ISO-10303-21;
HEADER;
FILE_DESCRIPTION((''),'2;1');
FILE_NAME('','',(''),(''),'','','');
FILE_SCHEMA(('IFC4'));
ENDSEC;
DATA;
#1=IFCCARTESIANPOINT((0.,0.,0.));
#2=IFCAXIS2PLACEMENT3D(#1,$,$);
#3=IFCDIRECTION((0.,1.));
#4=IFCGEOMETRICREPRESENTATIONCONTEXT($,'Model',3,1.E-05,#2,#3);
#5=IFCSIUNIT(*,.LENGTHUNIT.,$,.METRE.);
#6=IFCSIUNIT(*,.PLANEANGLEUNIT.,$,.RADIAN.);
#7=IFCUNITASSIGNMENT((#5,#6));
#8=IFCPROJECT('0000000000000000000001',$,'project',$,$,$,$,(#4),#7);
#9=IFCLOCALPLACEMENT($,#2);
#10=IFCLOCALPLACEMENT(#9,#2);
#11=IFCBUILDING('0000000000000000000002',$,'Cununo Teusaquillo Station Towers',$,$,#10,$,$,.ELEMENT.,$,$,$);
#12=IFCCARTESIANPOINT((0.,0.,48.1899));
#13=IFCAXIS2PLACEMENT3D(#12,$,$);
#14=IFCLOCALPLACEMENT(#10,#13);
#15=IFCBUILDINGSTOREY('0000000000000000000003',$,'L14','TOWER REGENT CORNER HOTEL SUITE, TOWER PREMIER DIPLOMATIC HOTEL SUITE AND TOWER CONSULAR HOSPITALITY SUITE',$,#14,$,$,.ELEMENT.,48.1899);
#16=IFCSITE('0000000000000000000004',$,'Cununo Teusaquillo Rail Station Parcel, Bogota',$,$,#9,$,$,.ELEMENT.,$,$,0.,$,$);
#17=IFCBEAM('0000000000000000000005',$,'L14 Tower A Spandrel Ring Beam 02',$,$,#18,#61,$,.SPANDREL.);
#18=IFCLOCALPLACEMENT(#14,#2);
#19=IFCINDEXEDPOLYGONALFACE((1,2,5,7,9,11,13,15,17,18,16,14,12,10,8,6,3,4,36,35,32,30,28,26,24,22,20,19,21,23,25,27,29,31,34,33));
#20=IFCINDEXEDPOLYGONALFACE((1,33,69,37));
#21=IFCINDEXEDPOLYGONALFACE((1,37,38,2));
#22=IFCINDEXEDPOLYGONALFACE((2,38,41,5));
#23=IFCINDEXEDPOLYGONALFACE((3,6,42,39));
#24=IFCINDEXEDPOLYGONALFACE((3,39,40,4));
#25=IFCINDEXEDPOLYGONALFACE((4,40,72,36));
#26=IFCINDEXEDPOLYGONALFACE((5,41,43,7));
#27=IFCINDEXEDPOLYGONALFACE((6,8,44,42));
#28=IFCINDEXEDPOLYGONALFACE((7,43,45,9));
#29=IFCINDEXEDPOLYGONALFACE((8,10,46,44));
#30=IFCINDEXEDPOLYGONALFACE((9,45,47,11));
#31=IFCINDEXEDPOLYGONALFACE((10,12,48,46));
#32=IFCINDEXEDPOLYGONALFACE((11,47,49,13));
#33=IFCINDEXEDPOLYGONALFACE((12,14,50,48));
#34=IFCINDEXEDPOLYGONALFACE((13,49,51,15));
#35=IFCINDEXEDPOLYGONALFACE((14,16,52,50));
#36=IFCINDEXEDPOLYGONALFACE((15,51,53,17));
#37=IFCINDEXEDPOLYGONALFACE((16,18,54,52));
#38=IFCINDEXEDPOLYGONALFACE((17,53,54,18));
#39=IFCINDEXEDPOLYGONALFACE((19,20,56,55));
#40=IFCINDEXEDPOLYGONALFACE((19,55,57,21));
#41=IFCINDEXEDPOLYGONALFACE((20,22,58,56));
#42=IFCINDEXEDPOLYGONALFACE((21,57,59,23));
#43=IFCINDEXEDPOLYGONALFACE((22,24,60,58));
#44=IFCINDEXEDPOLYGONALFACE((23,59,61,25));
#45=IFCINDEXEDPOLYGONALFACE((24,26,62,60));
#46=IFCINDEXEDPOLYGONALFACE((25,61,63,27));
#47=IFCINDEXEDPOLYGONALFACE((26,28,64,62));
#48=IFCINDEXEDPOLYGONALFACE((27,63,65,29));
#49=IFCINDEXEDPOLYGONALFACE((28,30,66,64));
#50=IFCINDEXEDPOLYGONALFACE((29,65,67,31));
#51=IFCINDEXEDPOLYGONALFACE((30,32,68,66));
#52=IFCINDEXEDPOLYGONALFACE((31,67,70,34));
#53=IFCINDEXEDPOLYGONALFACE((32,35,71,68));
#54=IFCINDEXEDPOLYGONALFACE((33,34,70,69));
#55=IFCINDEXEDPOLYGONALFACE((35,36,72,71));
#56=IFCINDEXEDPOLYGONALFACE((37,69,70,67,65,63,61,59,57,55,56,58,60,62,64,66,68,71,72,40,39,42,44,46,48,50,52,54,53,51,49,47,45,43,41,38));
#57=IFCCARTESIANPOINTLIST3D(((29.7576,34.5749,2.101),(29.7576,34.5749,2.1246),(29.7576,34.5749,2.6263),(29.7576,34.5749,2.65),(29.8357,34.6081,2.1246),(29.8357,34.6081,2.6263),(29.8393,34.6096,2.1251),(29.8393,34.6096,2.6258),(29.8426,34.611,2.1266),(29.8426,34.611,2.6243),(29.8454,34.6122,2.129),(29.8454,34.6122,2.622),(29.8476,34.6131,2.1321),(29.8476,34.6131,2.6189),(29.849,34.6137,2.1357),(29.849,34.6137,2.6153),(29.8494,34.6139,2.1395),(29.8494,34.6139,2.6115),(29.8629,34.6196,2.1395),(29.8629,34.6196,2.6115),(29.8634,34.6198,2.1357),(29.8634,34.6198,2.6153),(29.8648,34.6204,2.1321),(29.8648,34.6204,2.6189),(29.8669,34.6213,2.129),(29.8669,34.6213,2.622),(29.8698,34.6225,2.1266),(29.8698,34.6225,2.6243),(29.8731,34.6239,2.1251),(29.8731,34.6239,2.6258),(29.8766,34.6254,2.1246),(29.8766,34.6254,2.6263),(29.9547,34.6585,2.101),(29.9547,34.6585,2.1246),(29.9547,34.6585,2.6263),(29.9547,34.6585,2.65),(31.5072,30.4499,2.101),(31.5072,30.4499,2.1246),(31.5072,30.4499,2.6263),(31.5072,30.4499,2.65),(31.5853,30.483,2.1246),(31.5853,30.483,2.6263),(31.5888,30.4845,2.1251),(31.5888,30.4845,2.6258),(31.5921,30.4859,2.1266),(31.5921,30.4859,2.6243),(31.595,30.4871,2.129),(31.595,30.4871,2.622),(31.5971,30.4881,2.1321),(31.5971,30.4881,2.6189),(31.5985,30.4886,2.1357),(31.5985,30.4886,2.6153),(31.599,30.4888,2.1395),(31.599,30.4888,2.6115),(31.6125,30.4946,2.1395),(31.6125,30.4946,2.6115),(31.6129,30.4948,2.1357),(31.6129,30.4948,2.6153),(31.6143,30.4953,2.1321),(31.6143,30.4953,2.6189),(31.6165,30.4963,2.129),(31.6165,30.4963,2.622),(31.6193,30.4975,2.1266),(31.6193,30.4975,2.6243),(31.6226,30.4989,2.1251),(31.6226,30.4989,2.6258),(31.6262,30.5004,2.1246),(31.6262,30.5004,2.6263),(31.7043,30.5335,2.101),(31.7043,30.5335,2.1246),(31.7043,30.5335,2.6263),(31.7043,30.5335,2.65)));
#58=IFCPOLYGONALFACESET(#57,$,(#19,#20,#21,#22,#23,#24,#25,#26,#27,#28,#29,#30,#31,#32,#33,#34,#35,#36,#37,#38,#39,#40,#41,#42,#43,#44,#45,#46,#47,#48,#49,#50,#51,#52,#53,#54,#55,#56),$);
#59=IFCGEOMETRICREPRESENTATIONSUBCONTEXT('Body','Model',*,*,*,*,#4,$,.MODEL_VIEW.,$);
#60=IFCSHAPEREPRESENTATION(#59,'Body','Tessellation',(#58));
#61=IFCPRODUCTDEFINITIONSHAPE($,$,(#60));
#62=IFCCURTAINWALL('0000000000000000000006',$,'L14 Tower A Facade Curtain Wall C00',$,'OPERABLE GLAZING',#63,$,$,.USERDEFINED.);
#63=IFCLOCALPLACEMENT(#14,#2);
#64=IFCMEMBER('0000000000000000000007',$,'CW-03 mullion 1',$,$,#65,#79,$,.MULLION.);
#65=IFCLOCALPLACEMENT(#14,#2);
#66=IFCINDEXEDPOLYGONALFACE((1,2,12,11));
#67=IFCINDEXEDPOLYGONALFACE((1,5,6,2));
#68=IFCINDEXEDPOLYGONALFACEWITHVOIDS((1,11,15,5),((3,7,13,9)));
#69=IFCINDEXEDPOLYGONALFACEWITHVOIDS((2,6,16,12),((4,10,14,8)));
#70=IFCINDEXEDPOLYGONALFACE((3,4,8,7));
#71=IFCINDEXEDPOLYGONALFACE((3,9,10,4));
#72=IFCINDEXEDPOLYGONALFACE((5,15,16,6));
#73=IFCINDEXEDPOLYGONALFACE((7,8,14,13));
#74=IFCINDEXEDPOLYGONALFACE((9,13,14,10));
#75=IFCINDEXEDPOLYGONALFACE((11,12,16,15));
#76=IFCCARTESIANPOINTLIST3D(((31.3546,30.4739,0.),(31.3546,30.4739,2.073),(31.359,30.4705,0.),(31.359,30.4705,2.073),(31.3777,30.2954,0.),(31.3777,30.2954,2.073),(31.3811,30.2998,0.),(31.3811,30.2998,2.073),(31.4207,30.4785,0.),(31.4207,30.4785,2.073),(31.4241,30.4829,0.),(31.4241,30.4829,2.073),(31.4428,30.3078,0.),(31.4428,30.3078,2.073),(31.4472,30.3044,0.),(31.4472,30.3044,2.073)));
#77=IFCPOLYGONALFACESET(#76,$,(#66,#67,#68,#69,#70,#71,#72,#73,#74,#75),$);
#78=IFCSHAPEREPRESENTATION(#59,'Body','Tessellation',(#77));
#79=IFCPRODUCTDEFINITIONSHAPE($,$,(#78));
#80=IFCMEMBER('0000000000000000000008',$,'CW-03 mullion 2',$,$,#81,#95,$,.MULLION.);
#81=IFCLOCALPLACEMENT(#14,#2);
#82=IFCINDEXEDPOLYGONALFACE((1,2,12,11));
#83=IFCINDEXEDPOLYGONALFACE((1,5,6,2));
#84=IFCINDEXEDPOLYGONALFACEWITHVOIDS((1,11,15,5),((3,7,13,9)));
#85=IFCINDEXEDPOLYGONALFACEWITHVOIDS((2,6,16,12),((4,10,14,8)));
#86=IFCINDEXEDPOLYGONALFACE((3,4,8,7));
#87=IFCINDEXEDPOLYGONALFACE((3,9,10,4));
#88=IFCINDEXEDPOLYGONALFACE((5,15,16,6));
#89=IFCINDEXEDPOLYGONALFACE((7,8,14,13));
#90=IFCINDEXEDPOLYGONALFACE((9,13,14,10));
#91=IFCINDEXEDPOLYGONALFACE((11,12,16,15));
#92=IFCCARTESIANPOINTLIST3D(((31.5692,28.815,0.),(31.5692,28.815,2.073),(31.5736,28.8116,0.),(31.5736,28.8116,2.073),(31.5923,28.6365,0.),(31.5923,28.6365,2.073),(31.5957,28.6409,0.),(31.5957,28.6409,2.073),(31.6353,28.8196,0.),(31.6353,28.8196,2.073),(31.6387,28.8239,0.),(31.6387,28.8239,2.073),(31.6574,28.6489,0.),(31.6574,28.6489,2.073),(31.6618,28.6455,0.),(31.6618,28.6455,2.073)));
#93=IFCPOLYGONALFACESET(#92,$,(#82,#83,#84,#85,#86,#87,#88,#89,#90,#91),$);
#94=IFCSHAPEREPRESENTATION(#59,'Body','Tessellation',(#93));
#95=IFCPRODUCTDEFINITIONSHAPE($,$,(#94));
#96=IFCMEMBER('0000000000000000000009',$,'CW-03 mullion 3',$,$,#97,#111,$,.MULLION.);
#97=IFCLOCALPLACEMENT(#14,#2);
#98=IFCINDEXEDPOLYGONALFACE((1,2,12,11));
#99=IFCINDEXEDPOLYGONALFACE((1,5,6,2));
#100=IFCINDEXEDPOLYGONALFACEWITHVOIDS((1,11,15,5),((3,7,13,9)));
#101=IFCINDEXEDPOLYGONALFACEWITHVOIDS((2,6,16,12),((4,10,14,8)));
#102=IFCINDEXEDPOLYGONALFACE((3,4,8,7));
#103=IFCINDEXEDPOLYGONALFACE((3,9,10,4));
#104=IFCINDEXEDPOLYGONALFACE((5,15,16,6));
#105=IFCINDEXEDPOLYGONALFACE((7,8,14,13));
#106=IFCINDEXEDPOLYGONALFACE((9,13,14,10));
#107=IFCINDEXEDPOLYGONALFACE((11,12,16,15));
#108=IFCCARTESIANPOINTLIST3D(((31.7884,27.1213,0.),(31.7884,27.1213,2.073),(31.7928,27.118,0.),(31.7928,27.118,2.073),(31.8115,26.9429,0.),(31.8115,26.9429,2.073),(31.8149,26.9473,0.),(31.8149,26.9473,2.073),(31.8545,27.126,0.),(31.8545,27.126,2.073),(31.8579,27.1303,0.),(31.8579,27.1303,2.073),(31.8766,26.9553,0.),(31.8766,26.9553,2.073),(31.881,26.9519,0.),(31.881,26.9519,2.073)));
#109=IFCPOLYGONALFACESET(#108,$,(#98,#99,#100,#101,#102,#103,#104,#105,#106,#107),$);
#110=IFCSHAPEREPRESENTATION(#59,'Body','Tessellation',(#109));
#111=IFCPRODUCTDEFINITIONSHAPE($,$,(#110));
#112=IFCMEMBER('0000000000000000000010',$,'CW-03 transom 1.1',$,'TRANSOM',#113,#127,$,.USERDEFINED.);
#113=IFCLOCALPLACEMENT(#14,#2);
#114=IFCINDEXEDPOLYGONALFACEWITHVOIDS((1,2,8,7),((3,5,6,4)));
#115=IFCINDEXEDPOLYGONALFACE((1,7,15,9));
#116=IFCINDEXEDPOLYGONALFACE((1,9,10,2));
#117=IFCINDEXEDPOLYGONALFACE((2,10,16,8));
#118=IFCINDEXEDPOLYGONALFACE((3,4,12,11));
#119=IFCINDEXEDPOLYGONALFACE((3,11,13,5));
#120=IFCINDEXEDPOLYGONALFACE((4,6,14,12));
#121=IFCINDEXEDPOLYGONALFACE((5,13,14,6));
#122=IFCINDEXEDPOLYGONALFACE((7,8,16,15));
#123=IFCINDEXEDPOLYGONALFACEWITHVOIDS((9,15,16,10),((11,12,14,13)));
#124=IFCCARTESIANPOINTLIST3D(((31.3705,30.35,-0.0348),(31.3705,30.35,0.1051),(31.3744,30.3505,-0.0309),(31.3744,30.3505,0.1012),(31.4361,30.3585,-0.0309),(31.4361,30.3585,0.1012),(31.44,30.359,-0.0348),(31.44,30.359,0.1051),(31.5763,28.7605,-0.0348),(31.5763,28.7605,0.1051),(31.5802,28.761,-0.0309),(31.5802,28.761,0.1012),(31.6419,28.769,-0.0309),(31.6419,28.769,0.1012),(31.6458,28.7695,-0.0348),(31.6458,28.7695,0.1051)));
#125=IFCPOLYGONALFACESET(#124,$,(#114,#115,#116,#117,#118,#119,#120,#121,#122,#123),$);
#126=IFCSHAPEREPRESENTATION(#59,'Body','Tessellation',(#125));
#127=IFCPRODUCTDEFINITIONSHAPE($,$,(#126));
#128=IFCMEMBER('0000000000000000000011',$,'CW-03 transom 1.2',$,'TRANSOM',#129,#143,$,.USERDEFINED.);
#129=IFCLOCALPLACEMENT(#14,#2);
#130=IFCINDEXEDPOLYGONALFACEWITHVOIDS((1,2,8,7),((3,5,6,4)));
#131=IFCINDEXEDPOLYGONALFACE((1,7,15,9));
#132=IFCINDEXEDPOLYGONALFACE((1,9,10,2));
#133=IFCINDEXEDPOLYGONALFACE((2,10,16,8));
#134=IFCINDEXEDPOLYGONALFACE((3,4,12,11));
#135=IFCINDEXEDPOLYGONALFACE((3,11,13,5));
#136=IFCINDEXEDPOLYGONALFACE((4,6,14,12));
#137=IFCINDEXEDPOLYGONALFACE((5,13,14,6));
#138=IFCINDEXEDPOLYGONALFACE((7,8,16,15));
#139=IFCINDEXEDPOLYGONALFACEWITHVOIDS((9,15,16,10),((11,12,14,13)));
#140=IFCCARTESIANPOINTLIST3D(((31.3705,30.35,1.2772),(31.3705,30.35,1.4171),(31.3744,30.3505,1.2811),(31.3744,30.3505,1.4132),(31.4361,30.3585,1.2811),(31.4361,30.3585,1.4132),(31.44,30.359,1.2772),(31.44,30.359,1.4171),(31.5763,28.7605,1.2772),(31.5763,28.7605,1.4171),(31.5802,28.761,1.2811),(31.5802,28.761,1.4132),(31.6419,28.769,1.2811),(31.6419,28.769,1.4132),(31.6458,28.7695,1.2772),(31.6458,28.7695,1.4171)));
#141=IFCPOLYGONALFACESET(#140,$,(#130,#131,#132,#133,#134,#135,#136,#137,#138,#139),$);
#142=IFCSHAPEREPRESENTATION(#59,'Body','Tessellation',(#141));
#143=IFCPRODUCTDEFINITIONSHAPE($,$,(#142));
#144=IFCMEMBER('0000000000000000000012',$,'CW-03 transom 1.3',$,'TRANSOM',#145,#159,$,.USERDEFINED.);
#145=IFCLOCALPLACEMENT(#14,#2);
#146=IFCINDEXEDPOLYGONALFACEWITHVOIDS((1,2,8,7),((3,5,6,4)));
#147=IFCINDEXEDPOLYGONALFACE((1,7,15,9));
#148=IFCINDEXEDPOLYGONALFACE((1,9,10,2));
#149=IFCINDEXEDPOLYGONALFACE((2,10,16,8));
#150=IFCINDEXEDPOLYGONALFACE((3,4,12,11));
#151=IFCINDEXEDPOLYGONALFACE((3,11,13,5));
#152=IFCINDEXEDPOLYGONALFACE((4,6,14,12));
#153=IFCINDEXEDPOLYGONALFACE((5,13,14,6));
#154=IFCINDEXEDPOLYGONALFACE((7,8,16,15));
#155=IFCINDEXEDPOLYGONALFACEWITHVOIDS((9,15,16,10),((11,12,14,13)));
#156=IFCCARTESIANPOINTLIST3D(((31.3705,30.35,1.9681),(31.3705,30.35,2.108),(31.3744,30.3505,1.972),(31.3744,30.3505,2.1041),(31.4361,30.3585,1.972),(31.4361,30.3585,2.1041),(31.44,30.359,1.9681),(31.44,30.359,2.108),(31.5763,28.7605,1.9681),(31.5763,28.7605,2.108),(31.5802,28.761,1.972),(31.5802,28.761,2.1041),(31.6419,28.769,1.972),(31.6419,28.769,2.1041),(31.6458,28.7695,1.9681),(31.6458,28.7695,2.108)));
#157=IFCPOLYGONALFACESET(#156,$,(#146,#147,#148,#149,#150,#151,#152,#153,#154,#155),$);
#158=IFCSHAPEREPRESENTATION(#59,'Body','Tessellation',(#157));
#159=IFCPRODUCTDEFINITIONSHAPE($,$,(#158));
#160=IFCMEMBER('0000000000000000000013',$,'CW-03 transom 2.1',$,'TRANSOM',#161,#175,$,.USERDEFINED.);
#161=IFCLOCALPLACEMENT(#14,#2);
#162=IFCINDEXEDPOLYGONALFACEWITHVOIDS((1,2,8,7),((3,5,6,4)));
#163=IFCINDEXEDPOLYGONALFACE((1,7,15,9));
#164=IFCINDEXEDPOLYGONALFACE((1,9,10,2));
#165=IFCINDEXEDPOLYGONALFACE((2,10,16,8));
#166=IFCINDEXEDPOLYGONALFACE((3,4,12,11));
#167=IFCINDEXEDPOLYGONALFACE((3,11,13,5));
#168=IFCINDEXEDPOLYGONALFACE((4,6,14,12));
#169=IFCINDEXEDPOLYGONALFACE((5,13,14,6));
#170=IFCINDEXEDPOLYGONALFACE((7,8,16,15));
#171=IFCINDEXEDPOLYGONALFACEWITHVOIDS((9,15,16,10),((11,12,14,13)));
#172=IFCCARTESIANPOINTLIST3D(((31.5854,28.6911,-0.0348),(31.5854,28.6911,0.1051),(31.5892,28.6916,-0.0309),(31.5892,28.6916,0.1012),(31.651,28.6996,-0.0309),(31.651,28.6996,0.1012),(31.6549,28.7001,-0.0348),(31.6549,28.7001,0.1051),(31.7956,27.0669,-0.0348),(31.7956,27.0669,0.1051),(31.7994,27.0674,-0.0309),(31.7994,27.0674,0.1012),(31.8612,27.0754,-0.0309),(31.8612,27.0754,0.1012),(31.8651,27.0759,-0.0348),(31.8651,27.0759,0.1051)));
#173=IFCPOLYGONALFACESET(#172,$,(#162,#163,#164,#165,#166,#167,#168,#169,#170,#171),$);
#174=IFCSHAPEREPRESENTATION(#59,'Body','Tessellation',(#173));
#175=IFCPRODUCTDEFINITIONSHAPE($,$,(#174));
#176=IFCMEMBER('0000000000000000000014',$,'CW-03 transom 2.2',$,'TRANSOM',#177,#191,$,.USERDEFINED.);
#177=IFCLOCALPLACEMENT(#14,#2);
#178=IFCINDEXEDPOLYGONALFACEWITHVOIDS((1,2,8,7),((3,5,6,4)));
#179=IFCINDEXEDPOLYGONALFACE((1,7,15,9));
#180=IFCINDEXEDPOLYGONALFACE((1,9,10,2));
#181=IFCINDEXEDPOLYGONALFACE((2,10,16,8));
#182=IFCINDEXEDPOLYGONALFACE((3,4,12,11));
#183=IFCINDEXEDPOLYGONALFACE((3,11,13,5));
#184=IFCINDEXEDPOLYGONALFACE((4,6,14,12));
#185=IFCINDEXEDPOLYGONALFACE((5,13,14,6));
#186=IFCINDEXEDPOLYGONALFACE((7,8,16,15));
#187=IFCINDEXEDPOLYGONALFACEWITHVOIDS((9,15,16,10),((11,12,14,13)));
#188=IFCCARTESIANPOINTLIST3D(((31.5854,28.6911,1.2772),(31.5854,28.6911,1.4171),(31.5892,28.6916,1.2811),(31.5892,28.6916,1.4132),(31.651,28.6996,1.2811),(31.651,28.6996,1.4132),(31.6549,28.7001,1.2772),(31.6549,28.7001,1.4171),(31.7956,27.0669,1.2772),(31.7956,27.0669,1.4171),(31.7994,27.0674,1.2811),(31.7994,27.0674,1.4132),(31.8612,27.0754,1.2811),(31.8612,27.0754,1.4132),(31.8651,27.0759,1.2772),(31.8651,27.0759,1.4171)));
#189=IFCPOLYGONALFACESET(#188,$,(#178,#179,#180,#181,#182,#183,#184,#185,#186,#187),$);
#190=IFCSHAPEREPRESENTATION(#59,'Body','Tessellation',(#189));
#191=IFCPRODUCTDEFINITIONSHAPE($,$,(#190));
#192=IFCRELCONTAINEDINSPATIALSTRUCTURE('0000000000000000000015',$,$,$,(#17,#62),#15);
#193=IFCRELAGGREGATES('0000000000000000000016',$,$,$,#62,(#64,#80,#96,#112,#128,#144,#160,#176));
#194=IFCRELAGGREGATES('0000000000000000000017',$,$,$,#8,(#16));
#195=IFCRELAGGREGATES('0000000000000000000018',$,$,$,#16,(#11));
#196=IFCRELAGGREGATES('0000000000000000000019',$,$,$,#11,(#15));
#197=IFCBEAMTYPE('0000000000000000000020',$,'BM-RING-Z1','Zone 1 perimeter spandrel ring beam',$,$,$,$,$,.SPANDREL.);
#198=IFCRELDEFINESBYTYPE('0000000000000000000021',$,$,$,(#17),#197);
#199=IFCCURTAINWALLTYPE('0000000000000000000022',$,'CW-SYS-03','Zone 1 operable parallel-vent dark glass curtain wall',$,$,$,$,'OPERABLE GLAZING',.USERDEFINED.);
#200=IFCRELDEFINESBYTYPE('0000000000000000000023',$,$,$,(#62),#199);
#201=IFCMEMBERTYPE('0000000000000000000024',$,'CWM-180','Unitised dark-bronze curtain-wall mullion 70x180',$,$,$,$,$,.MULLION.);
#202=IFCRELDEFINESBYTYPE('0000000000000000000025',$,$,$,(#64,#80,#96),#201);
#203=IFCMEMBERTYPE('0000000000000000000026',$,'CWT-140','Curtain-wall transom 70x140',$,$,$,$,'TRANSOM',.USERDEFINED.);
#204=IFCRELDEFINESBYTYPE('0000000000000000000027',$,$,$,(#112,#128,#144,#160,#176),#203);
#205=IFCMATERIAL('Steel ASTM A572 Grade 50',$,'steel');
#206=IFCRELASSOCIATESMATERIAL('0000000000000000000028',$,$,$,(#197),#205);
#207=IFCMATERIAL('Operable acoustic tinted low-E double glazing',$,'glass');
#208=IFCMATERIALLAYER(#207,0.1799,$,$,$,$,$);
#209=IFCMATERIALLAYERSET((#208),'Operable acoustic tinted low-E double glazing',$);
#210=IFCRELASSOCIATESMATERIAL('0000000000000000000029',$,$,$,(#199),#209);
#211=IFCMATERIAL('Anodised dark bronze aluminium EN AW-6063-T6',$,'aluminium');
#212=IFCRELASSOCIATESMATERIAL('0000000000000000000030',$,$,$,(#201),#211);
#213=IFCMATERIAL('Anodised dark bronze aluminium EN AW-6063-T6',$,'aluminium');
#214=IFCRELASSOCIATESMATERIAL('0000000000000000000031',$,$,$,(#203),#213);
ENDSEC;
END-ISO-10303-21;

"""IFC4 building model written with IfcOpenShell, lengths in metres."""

from ifc_helpers import new_model, si_unit, direction, frame, origin, origin_2d, place, context, subcontext, project, spatial, hollow_rectangle, i_section, extrude, material, layer, layer_set, material_profile, profile_set, type_object, element, aggregate, save


model = new_model("IFC4")

# Units and contexts
model_context = context("Model", 3, precision=1e-05, world=origin(), true_north=direction((0.0, 1.0)))
body_context = subcontext(model_context, "Body", "Model", "MODEL_VIEW")
ifc_project = project(units=[si_unit("LENGTHUNIT", "METRE"), si_unit("PLANEANGLEUNIT", "RADIAN")], contexts=[model_context])

# Site, building, storey
site_placement = place(None, origin())
site = spatial("IfcSite", under=ifc_project, at=site_placement, Name="Cununo Teusaquillo Rail Station Parcel, Bogota", CompositionType="ELEMENT", RefElevation=0.0)
building_placement = place(site_placement, origin())
building = spatial("IfcBuilding", under=site, at=building_placement, Name="Cununo Teusaquillo Station Towers", CompositionType="ELEMENT")
storey_placement = place(building_placement, frame((0.0, 0.0, 48.1899)))
storey = spatial("IfcBuildingStorey", under=building, at=storey_placement, Name="L14", Description="TOWER REGENT CORNER HOTEL SUITE, TOWER PREMIER DIPLOMATIC HOTEL SUITE AND TOWER CONSULAR HOSPITALITY SUITE", CompositionType="ELEMENT", Elevation=48.1899)

# Beam
ifc_material_1 = material(Name="Steel ASTM A572 Grade 50", Category="steel")
ifc_material_profile_1 = material_profile(ifc_material_1, i_section(OverallWidth=0.2141, OverallDepth=0.5491, WebThickness=0.0146, FlangeThickness=0.0237, FilletRadius=0.0149, at=origin_2d()), Name="W21X93")
ifc_profile_set_1 = profile_set([ifc_material_profile_1], Name="Steel ASTM A572 Grade 50")
beam_type_1 = type_object("IfcBeamType", Name="BM-RING-Z1", Description="Zone 1 perimeter spandrel ring beam", PredefinedType="SPANDREL", material=ifc_profile_set_1)
beam_1_placement = place(storey_placement, frame((31.6057, 30.4917, 2.3755), z_axis=(-0.390457, 0.920621, 0.0), x_axis=(-0.920621, -0.390457, 0.0)))
element("IfcBeam", 1, at=beam_1_placement, inside=storey, type_object=beam_type_1, Name="L14 Tower A Spandrel Ring Beam 02", PredefinedType="SPANDREL", context=body_context, shape_type="SweptSolid", body=[
    extrude(i_section(OverallWidth=0.2141, OverallDepth=0.5491, WebThickness=0.0146, FlangeThickness=0.0237, FilletRadius=0.0149, at=origin_2d()), origin(), (0.0, 0.0, 1.0), 4.4807),
])

# Curtain wall, members
ifc_material_2 = material(Name="Operable acoustic tinted low-E double glazing", Category="glass")
ifc_layer_1 = layer(ifc_material_2, 0.1799)
ifc_layer_set_1 = layer_set([ifc_layer_1], Name="Operable acoustic tinted low-E double glazing")
curtain_wall_type = type_object("IfcCurtainWallType", Name="CW-SYS-03", Description="Zone 1 operable parallel-vent dark glass curtain wall", ElementType="OPERABLE GLAZING", PredefinedType="USERDEFINED", material=ifc_layer_set_1)
curtain_wall_placement = place(storey_placement, origin())
curtain_wall = element("IfcCurtainWall", 2, at=curtain_wall_placement, inside=storey, type_object=curtain_wall_type, Name="L14 Tower A Facade Curtain Wall C00", ObjectType="OPERABLE GLAZING", PredefinedType="USERDEFINED")
ifc_material_3 = material(Name="Anodised dark bronze aluminium EN AW-6063-T6", Category="aluminium")
ifc_material_profile_2 = material_profile(ifc_material_3, hollow_rectangle(XDim=0.0701, YDim=0.1799, WallThickness=0.0039, at=origin_2d()), Name="CW-MULL-70x180")
ifc_profile_set_2 = profile_set([ifc_material_profile_2], Name="Anodised dark bronze aluminium EN AW-6063-T6")
member_type_1 = type_object("IfcMemberType", Name="CWM-180", Description="Unitised dark-bronze curtain-wall mullion 70x180", PredefinedType="MULLION", material=ifc_profile_set_2)
member_1_placement = place(storey_placement, frame((31.4009, 30.3892, 0.0), z_axis=(0.0, 0.0, 1.0), x_axis=(0.991731, 0.128336, 0.0)))
member_1 = element("IfcMember", 3, at=member_1_placement, type_object=member_type_1, Name="CW-03 mullion 1", PredefinedType="MULLION", context=body_context, shape_type="SweptSolid", body=[
    extrude(hollow_rectangle(XDim=0.0701, YDim=0.1799, WallThickness=0.0039, at=origin_2d()), origin(), (0.0, 0.0, 1.0), 2.073),
])
member_2_placement = place(storey_placement, frame((31.6155, 28.7302, 0.0), z_axis=(0.0, 0.0, 1.0), x_axis=(0.991731, 0.128336, 0.0)))
member_2 = element("IfcMember", 4, at=member_2_placement, type_object=member_type_1, Name="CW-03 mullion 2", PredefinedType="MULLION", context=body_context, shape_type="SweptSolid", body=[
    extrude(hollow_rectangle(XDim=0.0701, YDim=0.1799, WallThickness=0.0039, at=origin_2d()), origin(), (0.0, 0.0, 1.0), 2.073),
])
member_3_placement = place(storey_placement, frame((31.8347, 27.0366, 0.0), z_axis=(0.0, 0.0, 1.0), x_axis=(0.991731, 0.128336, 0.0)))
member_3 = element("IfcMember", 5, at=member_3_placement, type_object=member_type_1, Name="CW-03 mullion 3", PredefinedType="MULLION", context=body_context, shape_type="SweptSolid", body=[
    extrude(hollow_rectangle(XDim=0.0701, YDim=0.1799, WallThickness=0.0039, at=origin_2d()), origin(), (0.0, 0.0, 1.0), 2.073),
])
ifc_material_4 = material(Name="Anodised dark bronze aluminium EN AW-6063-T6", Category="aluminium")
ifc_material_profile_3 = material_profile(ifc_material_4, hollow_rectangle(XDim=0.0701, YDim=0.1399, WallThickness=0.0039, at=origin_2d()), Name="CW-TRAN-70x140")
ifc_profile_set_3 = profile_set([ifc_material_profile_3], Name="Anodised dark bronze aluminium EN AW-6063-T6")
member_type_2 = type_object("IfcMemberType", Name="CWT-140", Description="Curtain-wall transom 70x140", ElementType="TRANSOM", PredefinedType="USERDEFINED", material=ifc_profile_set_3)
member_4_placement = place(storey_placement, frame((31.4053, 30.3545, 0.0352), z_axis=(0.128401, -0.991722, 0.0), x_axis=(0.991722, 0.128401, 0.0)))
member_4 = element("IfcMember", 6, at=member_4_placement, type_object=member_type_2, Name="CW-03 transom 1.1", ObjectType="TRANSOM", PredefinedType="USERDEFINED", context=body_context, shape_type="SweptSolid", body=[
    extrude(hollow_rectangle(XDim=0.0701, YDim=0.1399, WallThickness=0.0039, at=origin_2d()), origin(), (0.0, 0.0, 1.0), 1.6028),
])
member_5_placement = place(storey_placement, frame((31.4053, 30.3545, 1.3472), z_axis=(0.128401, -0.991722, 0.0), x_axis=(0.991722, 0.128401, 0.0)))
member_5 = element("IfcMember", 7, at=member_5_placement, type_object=member_type_2, Name="CW-03 transom 1.2", ObjectType="TRANSOM", PredefinedType="USERDEFINED", context=body_context, shape_type="SweptSolid", body=[
    extrude(hollow_rectangle(XDim=0.0701, YDim=0.1399, WallThickness=0.0039, at=origin_2d()), origin(), (0.0, 0.0, 1.0), 1.6028),
])
member_6_placement = place(storey_placement, frame((31.4053, 30.3545, 2.0381), z_axis=(0.128401, -0.991722, 0.0), x_axis=(0.991722, 0.128401, 0.0)))
member_6 = element("IfcMember", 8, at=member_6_placement, type_object=member_type_2, Name="CW-03 transom 1.3", ObjectType="TRANSOM", PredefinedType="USERDEFINED", context=body_context, shape_type="SweptSolid", body=[
    extrude(hollow_rectangle(XDim=0.0701, YDim=0.1399, WallThickness=0.0039, at=origin_2d()), origin(), (0.0, 0.0, 1.0), 1.6028),
])
member_7_placement = place(storey_placement, frame((31.6201, 28.6956, 0.0352), z_axis=(0.128345, -0.99173, 0.0), x_axis=(0.99173, 0.128345, 0.0)))
member_7 = element("IfcMember", 9, at=member_7_placement, type_object=member_type_2, Name="CW-03 transom 2.1", ObjectType="TRANSOM", PredefinedType="USERDEFINED", context=body_context, shape_type="SweptSolid", body=[
    extrude(hollow_rectangle(XDim=0.0701, YDim=0.1399, WallThickness=0.0039, at=origin_2d()), origin(), (0.0, 0.0, 1.0), 1.6377),
])
member_8_placement = place(storey_placement, frame((31.6201, 28.6956, 1.3472), z_axis=(0.128345, -0.99173, 0.0), x_axis=(0.99173, 0.128345, 0.0)))
member_8 = element("IfcMember", 10, at=member_8_placement, type_object=member_type_2, Name="CW-03 transom 2.2", ObjectType="TRANSOM", PredefinedType="USERDEFINED", context=body_context, shape_type="SweptSolid", body=[
    extrude(hollow_rectangle(XDim=0.0701, YDim=0.1399, WallThickness=0.0039, at=origin_2d()), origin(), (0.0, 0.0, 1.0), 1.6377),
])
aggregate(curtain_wall, [member_1, member_2, member_3, member_4, member_5, member_6, member_7, member_8])

save(model, "model.ifc")
